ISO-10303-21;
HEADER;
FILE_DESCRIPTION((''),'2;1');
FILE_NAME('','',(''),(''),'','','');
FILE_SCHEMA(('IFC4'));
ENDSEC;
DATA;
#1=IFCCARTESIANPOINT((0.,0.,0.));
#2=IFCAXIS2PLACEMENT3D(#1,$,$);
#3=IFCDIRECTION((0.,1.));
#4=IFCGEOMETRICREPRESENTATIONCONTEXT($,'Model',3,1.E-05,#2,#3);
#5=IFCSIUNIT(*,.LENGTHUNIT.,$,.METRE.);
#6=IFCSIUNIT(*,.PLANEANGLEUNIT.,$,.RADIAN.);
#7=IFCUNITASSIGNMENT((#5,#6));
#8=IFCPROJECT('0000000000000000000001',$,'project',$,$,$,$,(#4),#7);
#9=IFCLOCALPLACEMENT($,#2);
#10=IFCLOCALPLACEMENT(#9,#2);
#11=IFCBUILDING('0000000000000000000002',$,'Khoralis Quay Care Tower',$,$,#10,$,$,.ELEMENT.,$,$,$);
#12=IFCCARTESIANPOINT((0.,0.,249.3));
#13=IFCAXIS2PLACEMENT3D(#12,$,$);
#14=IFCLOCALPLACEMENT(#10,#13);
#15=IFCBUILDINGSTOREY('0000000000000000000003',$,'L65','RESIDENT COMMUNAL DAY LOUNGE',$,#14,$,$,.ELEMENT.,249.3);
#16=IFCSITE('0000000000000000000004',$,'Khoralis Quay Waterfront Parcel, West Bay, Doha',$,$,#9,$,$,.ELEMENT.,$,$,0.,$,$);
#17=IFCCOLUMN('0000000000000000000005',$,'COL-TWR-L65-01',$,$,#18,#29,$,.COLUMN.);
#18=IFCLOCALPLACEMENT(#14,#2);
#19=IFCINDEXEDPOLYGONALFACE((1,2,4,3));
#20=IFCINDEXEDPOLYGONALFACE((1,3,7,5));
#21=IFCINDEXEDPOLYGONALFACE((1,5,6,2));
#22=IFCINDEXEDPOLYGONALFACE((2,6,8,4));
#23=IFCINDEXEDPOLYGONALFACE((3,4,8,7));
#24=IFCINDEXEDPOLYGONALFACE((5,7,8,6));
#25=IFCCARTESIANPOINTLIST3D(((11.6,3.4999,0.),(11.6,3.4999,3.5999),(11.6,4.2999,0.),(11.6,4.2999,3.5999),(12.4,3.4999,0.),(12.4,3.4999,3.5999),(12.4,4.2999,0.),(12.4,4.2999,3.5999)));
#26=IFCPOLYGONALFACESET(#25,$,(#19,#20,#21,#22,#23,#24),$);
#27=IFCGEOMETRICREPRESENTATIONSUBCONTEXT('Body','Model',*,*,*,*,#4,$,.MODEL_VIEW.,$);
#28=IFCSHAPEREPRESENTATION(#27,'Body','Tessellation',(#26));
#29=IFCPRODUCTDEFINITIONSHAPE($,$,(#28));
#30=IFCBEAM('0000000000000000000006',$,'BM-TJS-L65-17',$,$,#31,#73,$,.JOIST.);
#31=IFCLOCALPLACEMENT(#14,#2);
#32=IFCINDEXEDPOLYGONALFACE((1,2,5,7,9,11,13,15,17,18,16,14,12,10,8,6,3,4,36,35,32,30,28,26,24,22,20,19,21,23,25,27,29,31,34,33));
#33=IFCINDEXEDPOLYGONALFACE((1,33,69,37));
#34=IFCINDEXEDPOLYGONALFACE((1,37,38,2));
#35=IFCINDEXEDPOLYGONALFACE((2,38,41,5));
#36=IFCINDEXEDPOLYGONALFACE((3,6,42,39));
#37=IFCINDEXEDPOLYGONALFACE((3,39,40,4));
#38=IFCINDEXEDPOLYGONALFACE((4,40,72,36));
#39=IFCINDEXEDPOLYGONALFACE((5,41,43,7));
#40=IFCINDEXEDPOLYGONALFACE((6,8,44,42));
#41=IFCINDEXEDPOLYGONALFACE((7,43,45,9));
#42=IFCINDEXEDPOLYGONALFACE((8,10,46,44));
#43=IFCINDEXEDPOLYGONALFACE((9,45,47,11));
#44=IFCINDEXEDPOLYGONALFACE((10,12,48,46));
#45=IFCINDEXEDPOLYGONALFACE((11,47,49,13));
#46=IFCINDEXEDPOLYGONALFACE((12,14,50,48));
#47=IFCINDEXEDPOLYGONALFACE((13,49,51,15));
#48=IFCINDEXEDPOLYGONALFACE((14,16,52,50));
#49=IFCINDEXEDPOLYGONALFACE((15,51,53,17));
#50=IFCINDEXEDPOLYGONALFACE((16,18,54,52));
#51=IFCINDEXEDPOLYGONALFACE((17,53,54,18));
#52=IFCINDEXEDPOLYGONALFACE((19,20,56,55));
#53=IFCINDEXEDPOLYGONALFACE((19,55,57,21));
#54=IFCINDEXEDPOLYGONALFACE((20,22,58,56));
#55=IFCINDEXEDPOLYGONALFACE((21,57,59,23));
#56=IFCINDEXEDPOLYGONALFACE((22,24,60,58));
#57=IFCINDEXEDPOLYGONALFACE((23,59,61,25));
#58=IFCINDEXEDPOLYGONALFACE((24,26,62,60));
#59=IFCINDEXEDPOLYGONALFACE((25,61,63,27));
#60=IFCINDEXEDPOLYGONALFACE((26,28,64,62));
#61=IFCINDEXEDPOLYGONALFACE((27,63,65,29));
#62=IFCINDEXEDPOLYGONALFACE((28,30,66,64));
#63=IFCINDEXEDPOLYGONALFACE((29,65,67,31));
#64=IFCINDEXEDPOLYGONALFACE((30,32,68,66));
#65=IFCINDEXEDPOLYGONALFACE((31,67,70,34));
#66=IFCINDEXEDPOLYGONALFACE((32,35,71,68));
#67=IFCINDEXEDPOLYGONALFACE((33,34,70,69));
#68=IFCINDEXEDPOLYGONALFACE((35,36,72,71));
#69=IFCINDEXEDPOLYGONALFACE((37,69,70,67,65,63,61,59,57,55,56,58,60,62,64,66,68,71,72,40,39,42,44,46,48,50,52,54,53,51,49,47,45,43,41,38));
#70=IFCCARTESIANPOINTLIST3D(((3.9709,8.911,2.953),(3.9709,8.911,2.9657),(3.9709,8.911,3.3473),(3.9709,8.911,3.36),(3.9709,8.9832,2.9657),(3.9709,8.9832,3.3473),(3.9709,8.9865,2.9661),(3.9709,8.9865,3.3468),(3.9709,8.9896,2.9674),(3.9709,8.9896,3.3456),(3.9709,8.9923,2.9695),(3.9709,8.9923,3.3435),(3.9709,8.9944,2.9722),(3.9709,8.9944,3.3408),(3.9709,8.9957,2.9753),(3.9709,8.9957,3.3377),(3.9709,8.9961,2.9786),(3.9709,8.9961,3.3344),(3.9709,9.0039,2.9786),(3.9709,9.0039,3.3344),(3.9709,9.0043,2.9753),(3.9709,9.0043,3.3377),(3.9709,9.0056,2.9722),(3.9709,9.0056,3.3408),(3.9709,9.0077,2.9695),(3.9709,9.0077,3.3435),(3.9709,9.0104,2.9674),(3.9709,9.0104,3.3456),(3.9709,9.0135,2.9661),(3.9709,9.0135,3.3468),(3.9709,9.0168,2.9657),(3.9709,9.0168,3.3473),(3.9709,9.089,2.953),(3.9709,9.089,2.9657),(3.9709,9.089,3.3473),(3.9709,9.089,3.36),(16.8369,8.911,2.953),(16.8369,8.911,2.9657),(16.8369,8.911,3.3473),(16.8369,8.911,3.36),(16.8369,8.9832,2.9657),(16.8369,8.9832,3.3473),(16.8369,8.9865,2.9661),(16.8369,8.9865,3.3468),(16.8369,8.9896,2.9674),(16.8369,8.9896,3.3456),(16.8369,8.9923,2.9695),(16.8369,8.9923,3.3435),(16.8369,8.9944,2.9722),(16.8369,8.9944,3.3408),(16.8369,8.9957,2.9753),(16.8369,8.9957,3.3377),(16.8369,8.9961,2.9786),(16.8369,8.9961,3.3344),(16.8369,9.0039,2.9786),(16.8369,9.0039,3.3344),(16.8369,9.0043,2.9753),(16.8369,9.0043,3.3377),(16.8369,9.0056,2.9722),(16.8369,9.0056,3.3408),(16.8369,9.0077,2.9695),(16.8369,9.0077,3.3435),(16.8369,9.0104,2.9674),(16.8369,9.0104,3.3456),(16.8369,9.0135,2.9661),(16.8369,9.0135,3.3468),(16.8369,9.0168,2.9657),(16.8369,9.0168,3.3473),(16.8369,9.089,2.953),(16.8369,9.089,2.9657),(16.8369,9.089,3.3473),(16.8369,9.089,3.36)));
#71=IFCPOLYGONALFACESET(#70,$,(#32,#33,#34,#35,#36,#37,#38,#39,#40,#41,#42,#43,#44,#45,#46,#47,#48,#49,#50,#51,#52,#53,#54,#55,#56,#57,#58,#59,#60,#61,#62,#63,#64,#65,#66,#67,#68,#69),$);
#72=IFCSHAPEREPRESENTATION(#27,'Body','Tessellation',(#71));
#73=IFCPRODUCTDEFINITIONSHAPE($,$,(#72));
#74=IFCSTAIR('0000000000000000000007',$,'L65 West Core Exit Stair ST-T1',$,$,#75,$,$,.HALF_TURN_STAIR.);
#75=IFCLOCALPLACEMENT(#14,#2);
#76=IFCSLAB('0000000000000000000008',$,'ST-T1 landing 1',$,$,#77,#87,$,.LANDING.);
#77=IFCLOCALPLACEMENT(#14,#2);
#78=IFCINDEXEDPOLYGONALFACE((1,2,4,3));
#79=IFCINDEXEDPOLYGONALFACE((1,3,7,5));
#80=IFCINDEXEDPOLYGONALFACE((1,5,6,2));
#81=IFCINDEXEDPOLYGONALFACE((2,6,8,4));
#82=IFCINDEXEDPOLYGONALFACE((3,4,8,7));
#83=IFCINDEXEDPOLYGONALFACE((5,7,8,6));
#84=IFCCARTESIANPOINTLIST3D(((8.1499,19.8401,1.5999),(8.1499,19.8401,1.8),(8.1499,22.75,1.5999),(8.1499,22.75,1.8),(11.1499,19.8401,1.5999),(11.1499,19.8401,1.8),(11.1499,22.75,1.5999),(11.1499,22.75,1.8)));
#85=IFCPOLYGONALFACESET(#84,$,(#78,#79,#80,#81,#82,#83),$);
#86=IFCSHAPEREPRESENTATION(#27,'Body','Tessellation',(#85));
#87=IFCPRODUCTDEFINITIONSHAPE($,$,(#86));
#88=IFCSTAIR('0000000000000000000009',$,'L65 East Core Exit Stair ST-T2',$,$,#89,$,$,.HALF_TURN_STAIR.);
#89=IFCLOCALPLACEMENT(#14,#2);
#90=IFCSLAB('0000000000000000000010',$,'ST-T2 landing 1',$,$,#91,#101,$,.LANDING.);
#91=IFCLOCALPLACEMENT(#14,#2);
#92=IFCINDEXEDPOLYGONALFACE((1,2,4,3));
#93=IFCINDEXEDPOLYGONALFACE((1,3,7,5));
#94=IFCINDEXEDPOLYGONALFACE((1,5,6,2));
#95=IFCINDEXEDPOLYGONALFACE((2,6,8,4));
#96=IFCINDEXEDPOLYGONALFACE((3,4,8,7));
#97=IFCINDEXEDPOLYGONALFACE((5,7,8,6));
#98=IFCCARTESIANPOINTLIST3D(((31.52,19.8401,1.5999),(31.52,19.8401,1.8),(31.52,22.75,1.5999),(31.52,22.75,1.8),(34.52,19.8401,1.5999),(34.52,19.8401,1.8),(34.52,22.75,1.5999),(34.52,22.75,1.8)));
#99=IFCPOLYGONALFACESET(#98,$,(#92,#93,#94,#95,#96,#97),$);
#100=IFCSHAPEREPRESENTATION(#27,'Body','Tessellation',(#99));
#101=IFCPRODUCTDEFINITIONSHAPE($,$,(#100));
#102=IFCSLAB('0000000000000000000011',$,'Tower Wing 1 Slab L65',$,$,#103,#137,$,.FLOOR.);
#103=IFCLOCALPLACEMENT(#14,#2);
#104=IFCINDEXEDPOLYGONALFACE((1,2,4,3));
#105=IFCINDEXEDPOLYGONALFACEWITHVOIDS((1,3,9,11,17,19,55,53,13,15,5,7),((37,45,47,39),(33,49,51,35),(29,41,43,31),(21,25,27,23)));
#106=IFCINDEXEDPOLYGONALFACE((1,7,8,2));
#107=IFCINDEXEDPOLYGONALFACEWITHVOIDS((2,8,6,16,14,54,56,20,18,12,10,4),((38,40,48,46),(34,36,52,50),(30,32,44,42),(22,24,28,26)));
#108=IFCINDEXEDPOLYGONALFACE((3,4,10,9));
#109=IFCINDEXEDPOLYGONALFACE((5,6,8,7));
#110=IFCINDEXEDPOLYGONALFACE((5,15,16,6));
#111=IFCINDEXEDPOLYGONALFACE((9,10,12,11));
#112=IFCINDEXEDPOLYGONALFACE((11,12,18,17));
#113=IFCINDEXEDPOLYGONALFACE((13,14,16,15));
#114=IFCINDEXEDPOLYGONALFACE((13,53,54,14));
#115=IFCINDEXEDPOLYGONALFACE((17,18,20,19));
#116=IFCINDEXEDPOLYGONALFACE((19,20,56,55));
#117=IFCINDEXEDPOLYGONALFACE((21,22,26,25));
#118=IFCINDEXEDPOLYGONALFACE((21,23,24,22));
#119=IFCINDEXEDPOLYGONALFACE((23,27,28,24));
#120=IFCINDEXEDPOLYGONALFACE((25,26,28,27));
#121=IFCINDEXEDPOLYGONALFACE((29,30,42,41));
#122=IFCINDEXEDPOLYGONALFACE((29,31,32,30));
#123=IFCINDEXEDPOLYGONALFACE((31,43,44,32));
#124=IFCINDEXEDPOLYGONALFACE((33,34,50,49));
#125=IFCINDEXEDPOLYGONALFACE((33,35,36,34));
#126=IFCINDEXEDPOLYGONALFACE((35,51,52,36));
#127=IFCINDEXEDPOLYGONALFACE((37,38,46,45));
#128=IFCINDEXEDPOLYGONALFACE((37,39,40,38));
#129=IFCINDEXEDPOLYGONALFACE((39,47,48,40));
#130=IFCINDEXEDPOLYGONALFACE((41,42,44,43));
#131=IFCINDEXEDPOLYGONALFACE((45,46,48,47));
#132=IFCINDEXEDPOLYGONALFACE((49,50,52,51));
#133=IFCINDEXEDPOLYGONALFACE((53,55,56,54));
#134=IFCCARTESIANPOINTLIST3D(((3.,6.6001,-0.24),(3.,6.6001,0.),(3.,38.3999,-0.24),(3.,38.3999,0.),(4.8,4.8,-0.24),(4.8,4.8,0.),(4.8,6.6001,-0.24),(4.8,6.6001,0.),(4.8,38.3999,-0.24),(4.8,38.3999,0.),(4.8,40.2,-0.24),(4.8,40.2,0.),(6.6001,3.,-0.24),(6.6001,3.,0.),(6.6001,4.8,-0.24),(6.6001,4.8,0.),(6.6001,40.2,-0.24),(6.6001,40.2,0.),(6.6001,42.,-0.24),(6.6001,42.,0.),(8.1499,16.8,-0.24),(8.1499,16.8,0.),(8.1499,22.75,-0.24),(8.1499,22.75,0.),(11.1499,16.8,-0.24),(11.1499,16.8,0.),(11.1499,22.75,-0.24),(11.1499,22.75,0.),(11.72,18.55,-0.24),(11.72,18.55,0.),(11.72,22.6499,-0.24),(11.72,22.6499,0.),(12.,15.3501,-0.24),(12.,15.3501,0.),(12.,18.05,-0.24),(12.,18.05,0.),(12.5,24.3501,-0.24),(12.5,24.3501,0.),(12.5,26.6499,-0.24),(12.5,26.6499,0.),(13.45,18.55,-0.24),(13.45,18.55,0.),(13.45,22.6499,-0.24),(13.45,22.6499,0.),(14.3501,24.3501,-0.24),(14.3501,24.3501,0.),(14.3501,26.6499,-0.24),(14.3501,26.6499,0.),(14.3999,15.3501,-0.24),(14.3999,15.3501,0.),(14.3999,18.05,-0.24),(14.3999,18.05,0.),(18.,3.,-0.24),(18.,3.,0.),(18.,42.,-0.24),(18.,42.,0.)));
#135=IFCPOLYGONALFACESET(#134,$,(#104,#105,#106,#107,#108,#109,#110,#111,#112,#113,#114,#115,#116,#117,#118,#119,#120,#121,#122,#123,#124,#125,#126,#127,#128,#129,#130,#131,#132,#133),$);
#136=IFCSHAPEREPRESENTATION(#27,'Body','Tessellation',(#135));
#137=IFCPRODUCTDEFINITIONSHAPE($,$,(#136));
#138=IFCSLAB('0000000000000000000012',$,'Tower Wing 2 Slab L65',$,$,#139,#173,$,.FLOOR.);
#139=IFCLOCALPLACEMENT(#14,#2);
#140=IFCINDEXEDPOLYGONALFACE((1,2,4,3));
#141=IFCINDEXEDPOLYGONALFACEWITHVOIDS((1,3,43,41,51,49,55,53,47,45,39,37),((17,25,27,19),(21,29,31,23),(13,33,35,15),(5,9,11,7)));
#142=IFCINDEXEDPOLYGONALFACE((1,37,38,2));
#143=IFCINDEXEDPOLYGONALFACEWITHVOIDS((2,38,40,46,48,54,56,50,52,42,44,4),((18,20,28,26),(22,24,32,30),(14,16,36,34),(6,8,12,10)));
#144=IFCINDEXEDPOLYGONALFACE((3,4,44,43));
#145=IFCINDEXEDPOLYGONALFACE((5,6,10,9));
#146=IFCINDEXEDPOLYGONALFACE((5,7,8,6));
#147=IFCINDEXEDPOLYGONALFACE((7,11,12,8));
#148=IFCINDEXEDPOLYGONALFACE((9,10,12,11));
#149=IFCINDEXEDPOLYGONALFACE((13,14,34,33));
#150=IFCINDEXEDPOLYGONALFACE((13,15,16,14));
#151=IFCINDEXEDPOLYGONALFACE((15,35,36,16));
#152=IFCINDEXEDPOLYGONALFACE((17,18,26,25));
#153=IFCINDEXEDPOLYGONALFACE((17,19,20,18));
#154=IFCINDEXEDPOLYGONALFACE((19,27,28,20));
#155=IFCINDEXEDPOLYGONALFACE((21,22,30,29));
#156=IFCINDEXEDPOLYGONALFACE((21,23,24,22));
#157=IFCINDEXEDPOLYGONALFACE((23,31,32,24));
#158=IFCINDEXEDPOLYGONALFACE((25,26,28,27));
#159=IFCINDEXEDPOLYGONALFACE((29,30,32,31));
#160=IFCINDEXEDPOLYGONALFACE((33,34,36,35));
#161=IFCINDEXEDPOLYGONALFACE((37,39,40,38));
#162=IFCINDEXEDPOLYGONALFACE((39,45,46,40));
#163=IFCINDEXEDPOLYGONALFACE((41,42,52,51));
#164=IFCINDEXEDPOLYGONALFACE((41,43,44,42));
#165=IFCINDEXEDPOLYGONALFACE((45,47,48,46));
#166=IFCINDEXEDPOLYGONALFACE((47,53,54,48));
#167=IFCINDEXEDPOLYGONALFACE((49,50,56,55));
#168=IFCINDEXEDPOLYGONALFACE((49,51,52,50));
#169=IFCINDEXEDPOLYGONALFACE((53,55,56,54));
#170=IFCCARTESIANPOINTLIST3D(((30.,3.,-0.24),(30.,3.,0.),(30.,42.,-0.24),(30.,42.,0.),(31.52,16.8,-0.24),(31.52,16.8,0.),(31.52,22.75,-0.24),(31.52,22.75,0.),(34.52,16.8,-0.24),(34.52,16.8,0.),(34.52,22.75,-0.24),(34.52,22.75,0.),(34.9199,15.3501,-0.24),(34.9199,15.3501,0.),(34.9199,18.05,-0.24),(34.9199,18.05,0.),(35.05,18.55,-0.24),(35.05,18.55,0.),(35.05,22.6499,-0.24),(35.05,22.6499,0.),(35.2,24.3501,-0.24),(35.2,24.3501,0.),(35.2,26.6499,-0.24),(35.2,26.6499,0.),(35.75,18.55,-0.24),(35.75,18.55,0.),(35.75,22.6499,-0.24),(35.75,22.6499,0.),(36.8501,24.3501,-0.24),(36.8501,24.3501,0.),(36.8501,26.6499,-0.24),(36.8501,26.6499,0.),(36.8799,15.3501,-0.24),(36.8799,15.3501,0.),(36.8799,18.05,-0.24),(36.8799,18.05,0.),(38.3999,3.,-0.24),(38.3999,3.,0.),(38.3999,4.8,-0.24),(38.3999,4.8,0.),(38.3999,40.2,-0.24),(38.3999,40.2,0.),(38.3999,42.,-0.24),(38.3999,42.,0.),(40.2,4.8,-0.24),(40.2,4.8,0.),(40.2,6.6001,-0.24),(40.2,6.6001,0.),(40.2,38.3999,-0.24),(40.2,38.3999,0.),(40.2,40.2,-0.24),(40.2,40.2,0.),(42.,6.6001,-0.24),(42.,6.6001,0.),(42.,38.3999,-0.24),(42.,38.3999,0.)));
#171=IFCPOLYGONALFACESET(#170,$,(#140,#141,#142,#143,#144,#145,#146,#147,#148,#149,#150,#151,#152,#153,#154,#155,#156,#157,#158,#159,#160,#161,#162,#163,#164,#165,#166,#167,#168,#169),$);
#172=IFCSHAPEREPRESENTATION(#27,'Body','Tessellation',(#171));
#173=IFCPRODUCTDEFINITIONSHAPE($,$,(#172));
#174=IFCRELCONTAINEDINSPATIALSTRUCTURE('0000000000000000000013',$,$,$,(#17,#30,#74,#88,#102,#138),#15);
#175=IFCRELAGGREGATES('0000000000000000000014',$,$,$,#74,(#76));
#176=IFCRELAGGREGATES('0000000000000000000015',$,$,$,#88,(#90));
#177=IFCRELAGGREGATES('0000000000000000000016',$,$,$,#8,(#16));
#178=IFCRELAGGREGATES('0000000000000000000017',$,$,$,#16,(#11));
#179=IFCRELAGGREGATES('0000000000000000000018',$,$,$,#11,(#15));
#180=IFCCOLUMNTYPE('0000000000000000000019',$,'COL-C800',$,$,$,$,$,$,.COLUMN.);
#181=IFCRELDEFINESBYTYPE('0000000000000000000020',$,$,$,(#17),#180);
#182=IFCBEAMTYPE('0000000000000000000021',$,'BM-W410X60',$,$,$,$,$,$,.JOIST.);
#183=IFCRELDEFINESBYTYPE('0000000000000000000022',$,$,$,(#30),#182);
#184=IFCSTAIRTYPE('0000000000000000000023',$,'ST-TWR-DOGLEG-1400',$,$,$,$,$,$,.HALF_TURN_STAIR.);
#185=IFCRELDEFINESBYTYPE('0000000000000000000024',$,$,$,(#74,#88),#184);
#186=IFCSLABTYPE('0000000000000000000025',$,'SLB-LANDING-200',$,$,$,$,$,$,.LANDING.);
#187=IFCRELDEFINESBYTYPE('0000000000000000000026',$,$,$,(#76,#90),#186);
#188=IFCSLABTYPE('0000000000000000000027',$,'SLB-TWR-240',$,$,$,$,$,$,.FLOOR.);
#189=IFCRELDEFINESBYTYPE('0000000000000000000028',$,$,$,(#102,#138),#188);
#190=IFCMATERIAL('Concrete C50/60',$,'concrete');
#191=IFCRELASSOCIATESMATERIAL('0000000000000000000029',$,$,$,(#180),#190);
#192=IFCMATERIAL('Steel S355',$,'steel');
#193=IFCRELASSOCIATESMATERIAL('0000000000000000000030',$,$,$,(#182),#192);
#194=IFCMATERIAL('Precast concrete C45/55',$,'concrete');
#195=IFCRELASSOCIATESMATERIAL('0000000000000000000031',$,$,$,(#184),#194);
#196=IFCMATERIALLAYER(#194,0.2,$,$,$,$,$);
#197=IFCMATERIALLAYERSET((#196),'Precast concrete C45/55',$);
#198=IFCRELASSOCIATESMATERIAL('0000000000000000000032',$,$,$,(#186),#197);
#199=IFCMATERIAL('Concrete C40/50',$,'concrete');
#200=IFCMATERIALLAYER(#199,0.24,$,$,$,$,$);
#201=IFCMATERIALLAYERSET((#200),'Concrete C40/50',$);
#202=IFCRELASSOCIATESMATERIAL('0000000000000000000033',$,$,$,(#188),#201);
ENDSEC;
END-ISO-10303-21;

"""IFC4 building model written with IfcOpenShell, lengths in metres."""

from ifc_helpers import new_model, si_unit, direction, frame, origin, origin_2d, place, context, subcontext, project, spatial, polyline, rectangle, i_section, outline, extrude, source, transform, mapped, material, layer, layer_set, material_profile, profile_set, type_object, element, aggregate, save


model = new_model("IFC4")

# Units and contexts
model_context = context("Model", 3, precision=1e-05, world=origin(), true_north=direction((0.0, 1.0)))
body_context = subcontext(model_context, "Body", "Model", "MODEL_VIEW")
ifc_project = project(units=[si_unit("LENGTHUNIT", "METRE"), si_unit("PLANEANGLEUNIT", "RADIAN")], contexts=[model_context])

# Site, building, storey
site_placement = place(None, origin())
site = spatial("IfcSite", under=ifc_project, at=site_placement, Name="Khoralis Quay Waterfront Parcel, West Bay, Doha", CompositionType="ELEMENT", RefElevation=0.0)
building_placement = place(site_placement, origin())
building = spatial("IfcBuilding", under=site, at=building_placement, Name="Khoralis Quay Care Tower", CompositionType="ELEMENT")
storey_placement = place(building_placement, frame((0.0, 0.0, 249.3)))
storey = spatial("IfcBuildingStorey", under=building, at=storey_placement, Name="L65", Description="RESIDENT COMMUNAL DAY LOUNGE", CompositionType="ELEMENT", Elevation=249.3)

# Column
ifc_material_1 = material(Name="Concrete C50/60", Category="concrete")
ifc_material_profile_1 = material_profile(ifc_material_1, rectangle(XDim=0.8, YDim=0.8, at=origin_2d()), Name="Concrete C50/60")
ifc_profile_set_1 = profile_set([ifc_material_profile_1], Name="Concrete C50/60")
column_type = type_object("IfcColumnType", Name="COL-C800", PredefinedType="COLUMN", material=ifc_profile_set_1)
shared_shape_1 = source(origin(), body_context, "Body", "SweptSolid", [
    extrude(rectangle(XDim=0.8, YDim=0.8, at=origin_2d()), origin(), (0.0, 0.0, 1.0), 3.5999),
])
column_placement = place(storey_placement, frame((12.0, 3.8999, 0.0), z_axis=(0.0, 0.0, 1.0), x_axis=(1.0, 0.0, 0.0)))
element("IfcColumn", 1, at=column_placement, inside=storey, type_object=column_type, Name="COL-TWR-L65-01", PredefinedType="COLUMN", context=body_context, shape_type="MappedRepresentation", body=[
    mapped(shared_shape_1, transform((0.0, 0.0, 0.0), scale=1.0)),
])

# Beam
ifc_material_2 = material(Name="Steel S355", Category="steel")
ifc_material_profile_2 = material_profile(ifc_material_2, i_section(OverallWidth=0.178, OverallDepth=0.407, WebThickness=0.0078, FlangeThickness=0.0127, FilletRadius=0.0129, at=origin_2d()), Name="Steel S355")
ifc_profile_set_2 = profile_set([ifc_material_profile_2], Name="Steel S355")
beam_type = type_object("IfcBeamType", Name="BM-W410X60", PredefinedType="JOIST", material=ifc_profile_set_2)
shared_shape_2 = source(origin(), body_context, "Body", "SweptSolid", [
    extrude(i_section(OverallWidth=0.178, OverallDepth=0.407, WebThickness=0.0078, FlangeThickness=0.0127, FilletRadius=0.0129, at=origin_2d()), origin(), (0.0, 0.0, 1.0), 12.866),
])
beam_placement = place(storey_placement, frame((3.9709, 9.0, 3.1565), z_axis=(1.0, 0.0, 0.0), x_axis=(0.0, 1.0, 0.0)))
element("IfcBeam", 2, at=beam_placement, inside=storey, type_object=beam_type, Name="BM-TJS-L65-17", PredefinedType="JOIST", context=body_context, shape_type="MappedRepresentation", body=[
    mapped(shared_shape_2, transform((0.0, 0.0, 0.0), scale=1.0)),
])

# Stairs, slabs
ifc_material_3 = material(Name="Precast concrete C45/55", Category="concrete")
stair_type = type_object("IfcStairType", Name="ST-TWR-DOGLEG-1400", PredefinedType="HALF_TURN_STAIR", material=ifc_material_3)
stair_1_placement = place(storey_placement, origin())
stair_1 = element("IfcStair", 3, at=stair_1_placement, inside=storey, type_object=stair_type, Name="L65 West Core Exit Stair ST-T1", PredefinedType="HALF_TURN_STAIR")
ifc_layer_1 = layer(ifc_material_3, 0.2)
ifc_layer_set_1 = layer_set([ifc_layer_1], Name="Precast concrete C45/55")
slab_type_1 = type_object("IfcSlabType", Name="SLB-LANDING-200", PredefinedType="LANDING", material=ifc_layer_set_1)
slab_1_placement = place(storey_placement, frame((0.0, 0.0, 1.5999)))
slab_1 = element("IfcSlab", 4, at=slab_1_placement, type_object=slab_type_1, Name="ST-T1 landing 1", PredefinedType="LANDING", context=body_context, shape_type="SweptSolid", body=[
    extrude(outline(polyline([(11.1499, 19.8401), (11.1499, 22.75), (8.1499, 22.75), (8.1499, 19.8401), (11.1499, 19.8401)])), origin(), (0.0, 0.0, 1.0), 0.2002),
])
aggregate(stair_1, [slab_1])
stair_2_placement = place(storey_placement, origin())
stair_2 = element("IfcStair", 5, at=stair_2_placement, inside=storey, type_object=stair_type, Name="L65 East Core Exit Stair ST-T2", PredefinedType="HALF_TURN_STAIR")
slab_2_placement = place(storey_placement, frame((0.0, 0.0, 1.5999)))
slab_2 = element("IfcSlab", 6, at=slab_2_placement, type_object=slab_type_1, Name="ST-T2 landing 1", PredefinedType="LANDING", context=body_context, shape_type="SweptSolid", body=[
    extrude(outline(polyline([(34.52, 19.8401), (34.52, 22.75), (31.52, 22.75), (31.52, 19.8401), (34.52, 19.8401)])), origin(), (0.0, 0.0, 1.0), 0.2002),
])
aggregate(stair_2, [slab_2])

# Slabs
ifc_material_4 = material(Name="Concrete C40/50", Category="concrete")
ifc_layer_2 = layer(ifc_material_4, 0.24)
ifc_layer_set_2 = layer_set([ifc_layer_2], Name="Concrete C40/50")
slab_type_2 = type_object("IfcSlabType", Name="SLB-TWR-240", PredefinedType="FLOOR", material=ifc_layer_set_2)
slab_3_placement = place(storey_placement, frame((0.0, 0.0, -0.24)))
element("IfcSlab", 7, at=slab_3_placement, inside=storey, type_object=slab_type_2, Name="Tower Wing 1 Slab L65", PredefinedType="FLOOR", context=body_context, shape_type="SweptSolid", body=[
    extrude(outline(polyline([(6.6001, 3.0), (18.0, 3.0), (18.0, 42.0), (6.6001, 42.0), (6.6001, 40.2), (4.8, 40.2), (4.8, 38.3999), (3.0, 38.3999), (3.0, 6.6001), (4.8, 6.6001), (4.8, 4.8), (6.6001, 4.8), (6.6001, 3.0)]), holes=[polyline([(11.1499, 16.8), (11.1499, 22.75), (8.1499, 22.75), (8.1499, 16.8), (11.1499, 16.8)]), polyline([(12.0, 15.3501), (14.3999, 15.3501), (14.3999, 18.05), (12.0, 18.05), (12.0, 15.3501)]), polyline([(12.5, 24.3501), (14.3501, 24.3501), (14.3501, 26.6499), (12.5, 26.6499), (12.5, 24.3501)]), polyline([(11.72, 18.55), (13.45, 18.55), (13.45, 22.6499), (11.72, 22.6499), (11.72, 18.55)])]), origin(), (0.0, 0.0, 1.0), 0.24),
])
slab_4_placement = place(storey_placement, frame((0.0, 0.0, -0.24)))
element("IfcSlab", 8, at=slab_4_placement, inside=storey, type_object=slab_type_2, Name="Tower Wing 2 Slab L65", PredefinedType="FLOOR", context=body_context, shape_type="SweptSolid", body=[
    extrude(outline(polyline([(30.0, 3.0), (38.3999, 3.0), (38.3999, 4.8), (40.2, 4.8), (40.2, 6.6001), (42.0, 6.6001), (42.0, 38.3999), (40.2, 38.3999), (40.2, 40.2), (38.3999, 40.2), (38.3999, 42.0), (30.0, 42.0), (30.0, 3.0)]), holes=[polyline([(34.52, 16.8), (34.52, 22.75), (31.52, 22.75), (31.52, 16.8), (34.52, 16.8)]), polyline([(34.9199, 15.3501), (36.8799, 15.3501), (36.8799, 18.05), (34.9199, 18.05), (34.9199, 15.3501)]), polyline([(35.2, 24.3501), (36.8501, 24.3501), (36.8501, 26.6499), (35.2, 26.6499), (35.2, 24.3501)]), polyline([(35.05, 18.55), (35.75, 18.55), (35.75, 22.6499), (35.05, 22.6499), (35.05, 18.55)])]), origin(), (0.0, 0.0, 1.0), 0.24),
])

save(model, "model.ifc")
